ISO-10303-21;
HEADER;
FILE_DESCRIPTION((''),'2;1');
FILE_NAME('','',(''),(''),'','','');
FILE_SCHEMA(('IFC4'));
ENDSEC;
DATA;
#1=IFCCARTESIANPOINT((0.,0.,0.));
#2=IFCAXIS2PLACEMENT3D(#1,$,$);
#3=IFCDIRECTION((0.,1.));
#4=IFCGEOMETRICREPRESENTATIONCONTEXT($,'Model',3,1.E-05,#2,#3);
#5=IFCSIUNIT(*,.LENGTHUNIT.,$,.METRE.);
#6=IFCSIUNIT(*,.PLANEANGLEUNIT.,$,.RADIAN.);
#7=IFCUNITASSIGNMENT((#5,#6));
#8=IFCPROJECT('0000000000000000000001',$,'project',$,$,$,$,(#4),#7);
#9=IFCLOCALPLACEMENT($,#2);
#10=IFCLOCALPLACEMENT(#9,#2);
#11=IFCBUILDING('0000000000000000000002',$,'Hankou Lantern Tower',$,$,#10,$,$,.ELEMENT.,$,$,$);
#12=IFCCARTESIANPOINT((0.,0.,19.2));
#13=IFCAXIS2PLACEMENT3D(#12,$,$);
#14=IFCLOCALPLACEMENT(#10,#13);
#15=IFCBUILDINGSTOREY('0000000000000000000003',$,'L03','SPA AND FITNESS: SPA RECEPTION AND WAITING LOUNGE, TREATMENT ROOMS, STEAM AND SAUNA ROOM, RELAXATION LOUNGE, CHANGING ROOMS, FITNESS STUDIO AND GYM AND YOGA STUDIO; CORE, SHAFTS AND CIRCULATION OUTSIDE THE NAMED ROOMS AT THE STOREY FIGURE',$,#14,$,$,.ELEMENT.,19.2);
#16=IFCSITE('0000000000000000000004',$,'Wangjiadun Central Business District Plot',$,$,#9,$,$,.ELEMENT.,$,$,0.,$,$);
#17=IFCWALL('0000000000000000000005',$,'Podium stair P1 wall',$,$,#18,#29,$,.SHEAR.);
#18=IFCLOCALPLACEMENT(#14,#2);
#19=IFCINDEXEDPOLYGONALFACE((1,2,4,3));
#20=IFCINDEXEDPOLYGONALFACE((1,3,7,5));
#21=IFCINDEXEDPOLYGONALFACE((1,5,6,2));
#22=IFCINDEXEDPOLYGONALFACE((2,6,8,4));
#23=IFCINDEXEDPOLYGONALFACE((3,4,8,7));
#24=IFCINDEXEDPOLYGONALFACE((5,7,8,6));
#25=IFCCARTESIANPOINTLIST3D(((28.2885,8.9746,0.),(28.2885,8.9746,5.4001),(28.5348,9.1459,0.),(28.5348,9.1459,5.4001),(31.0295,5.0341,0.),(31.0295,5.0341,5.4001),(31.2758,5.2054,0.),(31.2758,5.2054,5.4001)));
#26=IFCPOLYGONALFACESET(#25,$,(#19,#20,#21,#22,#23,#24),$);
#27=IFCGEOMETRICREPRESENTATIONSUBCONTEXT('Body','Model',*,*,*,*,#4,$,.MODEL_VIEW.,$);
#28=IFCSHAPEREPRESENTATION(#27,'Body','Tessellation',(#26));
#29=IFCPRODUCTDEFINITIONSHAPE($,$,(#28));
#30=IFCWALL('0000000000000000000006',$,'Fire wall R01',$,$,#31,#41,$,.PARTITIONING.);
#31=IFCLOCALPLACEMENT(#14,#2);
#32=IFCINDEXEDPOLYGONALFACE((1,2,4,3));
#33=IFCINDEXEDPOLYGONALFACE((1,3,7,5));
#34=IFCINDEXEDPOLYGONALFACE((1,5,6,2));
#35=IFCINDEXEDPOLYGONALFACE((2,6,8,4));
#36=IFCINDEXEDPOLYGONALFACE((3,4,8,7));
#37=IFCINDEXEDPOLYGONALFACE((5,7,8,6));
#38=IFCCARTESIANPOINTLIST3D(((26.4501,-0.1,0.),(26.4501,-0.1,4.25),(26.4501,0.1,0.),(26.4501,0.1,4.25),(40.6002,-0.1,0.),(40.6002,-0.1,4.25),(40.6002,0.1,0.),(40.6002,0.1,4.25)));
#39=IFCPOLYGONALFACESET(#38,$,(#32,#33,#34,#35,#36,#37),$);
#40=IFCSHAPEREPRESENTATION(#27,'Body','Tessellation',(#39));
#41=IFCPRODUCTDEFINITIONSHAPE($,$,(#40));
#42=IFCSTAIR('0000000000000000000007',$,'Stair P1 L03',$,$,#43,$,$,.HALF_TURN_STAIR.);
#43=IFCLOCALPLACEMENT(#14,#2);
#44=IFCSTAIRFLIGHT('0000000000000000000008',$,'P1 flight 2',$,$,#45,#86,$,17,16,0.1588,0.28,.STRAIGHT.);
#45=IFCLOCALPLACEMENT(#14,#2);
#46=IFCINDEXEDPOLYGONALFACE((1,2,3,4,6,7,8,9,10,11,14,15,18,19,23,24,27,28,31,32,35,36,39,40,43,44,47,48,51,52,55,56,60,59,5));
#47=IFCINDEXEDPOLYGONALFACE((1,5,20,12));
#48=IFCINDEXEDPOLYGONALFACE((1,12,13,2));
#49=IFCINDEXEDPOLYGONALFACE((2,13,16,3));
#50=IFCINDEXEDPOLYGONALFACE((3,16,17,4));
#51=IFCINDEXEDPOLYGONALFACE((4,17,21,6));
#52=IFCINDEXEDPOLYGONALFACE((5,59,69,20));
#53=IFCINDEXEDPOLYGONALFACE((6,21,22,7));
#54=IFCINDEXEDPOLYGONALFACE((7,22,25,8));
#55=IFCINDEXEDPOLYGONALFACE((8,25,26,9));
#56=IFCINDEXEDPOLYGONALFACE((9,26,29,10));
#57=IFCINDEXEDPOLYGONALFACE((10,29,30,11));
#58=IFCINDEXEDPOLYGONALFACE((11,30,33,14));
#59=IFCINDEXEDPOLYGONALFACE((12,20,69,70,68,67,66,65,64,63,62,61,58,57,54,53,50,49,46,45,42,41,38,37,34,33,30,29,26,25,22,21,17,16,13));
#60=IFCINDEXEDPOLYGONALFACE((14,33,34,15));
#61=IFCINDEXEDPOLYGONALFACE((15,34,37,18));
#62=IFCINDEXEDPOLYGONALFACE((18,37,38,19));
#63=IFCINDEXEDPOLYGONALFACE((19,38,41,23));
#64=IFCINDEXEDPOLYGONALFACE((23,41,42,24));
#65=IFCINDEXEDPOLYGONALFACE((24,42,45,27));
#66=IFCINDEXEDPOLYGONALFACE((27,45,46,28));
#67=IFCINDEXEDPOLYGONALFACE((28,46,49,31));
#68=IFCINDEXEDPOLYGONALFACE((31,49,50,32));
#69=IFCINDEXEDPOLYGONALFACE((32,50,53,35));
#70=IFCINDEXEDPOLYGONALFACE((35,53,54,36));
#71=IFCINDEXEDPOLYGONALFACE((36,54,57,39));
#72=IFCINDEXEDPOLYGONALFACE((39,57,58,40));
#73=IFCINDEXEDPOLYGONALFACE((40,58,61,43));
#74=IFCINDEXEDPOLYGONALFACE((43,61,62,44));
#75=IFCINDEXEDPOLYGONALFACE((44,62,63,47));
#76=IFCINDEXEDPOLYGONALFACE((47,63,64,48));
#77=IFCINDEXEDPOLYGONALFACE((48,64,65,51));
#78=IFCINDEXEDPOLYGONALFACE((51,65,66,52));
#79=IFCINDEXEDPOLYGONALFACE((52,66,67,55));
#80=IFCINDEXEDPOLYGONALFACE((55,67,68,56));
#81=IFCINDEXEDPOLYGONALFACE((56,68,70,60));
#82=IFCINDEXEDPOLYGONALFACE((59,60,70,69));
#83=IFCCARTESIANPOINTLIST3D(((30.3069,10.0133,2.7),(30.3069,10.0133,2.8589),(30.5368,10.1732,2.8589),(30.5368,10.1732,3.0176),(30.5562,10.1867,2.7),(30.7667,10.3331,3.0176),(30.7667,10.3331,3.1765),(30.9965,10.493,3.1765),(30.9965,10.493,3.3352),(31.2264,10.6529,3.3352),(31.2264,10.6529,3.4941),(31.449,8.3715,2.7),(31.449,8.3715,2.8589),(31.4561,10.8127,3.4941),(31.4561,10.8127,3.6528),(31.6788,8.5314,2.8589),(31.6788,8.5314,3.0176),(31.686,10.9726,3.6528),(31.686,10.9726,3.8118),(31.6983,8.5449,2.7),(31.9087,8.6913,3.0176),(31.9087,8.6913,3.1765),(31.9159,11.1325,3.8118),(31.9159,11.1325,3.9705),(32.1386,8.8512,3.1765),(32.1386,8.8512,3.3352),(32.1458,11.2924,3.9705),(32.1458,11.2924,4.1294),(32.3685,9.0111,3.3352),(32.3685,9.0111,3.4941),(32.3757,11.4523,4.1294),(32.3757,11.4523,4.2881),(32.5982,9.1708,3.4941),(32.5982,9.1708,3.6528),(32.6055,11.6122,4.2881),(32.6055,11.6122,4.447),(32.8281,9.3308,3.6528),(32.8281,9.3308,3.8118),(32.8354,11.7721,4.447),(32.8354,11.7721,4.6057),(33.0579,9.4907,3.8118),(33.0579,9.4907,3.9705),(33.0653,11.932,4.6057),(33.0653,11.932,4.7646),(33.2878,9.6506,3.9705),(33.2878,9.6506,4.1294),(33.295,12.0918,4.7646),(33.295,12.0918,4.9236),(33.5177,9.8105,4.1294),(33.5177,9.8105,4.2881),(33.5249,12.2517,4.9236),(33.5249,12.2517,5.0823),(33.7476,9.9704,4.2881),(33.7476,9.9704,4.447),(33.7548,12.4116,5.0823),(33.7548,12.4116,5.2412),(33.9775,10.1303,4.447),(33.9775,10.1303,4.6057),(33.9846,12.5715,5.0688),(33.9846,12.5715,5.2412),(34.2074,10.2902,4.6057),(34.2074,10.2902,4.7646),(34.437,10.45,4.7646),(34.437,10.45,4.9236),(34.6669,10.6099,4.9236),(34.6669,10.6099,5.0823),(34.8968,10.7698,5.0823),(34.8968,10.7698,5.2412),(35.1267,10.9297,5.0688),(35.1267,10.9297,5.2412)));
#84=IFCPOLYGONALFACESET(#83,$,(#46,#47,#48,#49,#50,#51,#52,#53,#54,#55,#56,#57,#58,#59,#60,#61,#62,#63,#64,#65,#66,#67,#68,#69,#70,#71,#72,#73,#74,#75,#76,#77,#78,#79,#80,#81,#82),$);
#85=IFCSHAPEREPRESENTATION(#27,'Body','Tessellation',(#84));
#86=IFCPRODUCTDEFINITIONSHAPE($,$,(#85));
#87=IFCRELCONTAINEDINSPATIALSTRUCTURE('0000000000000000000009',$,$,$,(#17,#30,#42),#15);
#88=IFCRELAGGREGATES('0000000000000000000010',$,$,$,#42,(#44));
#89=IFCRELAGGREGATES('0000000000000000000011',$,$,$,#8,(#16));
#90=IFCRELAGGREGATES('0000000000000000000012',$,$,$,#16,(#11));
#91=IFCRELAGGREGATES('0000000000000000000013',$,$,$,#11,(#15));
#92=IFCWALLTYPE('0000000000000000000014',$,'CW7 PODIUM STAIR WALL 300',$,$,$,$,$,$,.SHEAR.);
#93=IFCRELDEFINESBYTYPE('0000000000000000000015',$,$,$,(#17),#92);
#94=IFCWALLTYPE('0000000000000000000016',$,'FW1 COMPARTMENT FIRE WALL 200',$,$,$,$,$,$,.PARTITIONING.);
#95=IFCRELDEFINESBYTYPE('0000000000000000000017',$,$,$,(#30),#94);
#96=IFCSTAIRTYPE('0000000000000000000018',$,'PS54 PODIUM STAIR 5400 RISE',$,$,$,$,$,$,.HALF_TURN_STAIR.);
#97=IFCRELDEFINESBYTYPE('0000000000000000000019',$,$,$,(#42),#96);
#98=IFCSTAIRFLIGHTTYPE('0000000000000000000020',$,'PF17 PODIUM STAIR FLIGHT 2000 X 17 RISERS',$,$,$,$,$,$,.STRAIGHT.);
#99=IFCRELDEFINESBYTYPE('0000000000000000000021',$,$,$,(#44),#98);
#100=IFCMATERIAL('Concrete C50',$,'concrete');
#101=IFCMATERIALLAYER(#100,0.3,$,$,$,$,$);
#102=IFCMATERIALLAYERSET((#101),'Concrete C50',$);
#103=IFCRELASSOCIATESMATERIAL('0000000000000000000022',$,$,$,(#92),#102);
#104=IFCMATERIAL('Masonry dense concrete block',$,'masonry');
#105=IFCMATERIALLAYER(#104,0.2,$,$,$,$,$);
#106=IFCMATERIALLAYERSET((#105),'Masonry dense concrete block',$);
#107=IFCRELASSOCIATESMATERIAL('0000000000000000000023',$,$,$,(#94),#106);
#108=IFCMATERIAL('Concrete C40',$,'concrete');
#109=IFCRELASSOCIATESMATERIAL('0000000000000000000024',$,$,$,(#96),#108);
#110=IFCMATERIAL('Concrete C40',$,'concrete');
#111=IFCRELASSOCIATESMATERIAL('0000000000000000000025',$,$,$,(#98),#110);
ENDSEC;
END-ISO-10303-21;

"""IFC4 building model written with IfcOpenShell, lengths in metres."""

from ifc_helpers import new_model, si_unit, direction, frame, frame_2d, origin, place, context, subcontext, project, spatial, polyline, rectangle, outline, extrude, material, layer, layer_set, type_object, element, aggregate, save


model = new_model("IFC4")

# Units and contexts
model_context = context("Model", 3, precision=1e-05, world=origin(), true_north=direction((0.0, 1.0)))
body_context = subcontext(model_context, "Body", "Model", "MODEL_VIEW")
ifc_project = project(units=[si_unit("LENGTHUNIT", "METRE"), si_unit("PLANEANGLEUNIT", "RADIAN")], contexts=[model_context])

# Site, building, storey
site_placement = place(None, origin())
site = spatial("IfcSite", under=ifc_project, at=site_placement, Name="Wangjiadun Central Business District Plot", CompositionType="ELEMENT", RefElevation=0.0)
building_placement = place(site_placement, origin())
building = spatial("IfcBuilding", under=site, at=building_placement, Name="Hankou Lantern Tower", CompositionType="ELEMENT")
storey_placement = place(building_placement, frame((0.0, 0.0, 19.2)))
storey = spatial("IfcBuildingStorey", under=building, at=storey_placement, Name="L03", Description="SPA AND FITNESS: SPA RECEPTION AND WAITING LOUNGE, TREATMENT ROOMS, STEAM AND SAUNA ROOM, RELAXATION LOUNGE, CHANGING ROOMS, FITNESS STUDIO AND GYM AND YOGA STUDIO; CORE, SHAFTS AND CIRCULATION OUTSIDE THE NAMED ROOMS AT THE STOREY FIGURE", CompositionType="ELEMENT", Elevation=19.2)

# Walls
ifc_material_1 = material(Name="Concrete C50", Category="concrete")
ifc_layer_1 = layer(ifc_material_1, 0.3)
ifc_layer_set_1 = layer_set([ifc_layer_1], Name="Concrete C50")
wall_type_1 = type_object("IfcWallType", Name="CW7 PODIUM STAIR WALL 300", PredefinedType="SHEAR", material=ifc_layer_set_1)
wall_1_placement = place(storey_placement, frame((31.1526, 5.1199, 0.0), z_axis=(0.0, 0.0, 1.0), x_axis=(-0.571036, 0.820925, 0.0)))
element("IfcWall", 1, at=wall_1_placement, inside=storey, type_object=wall_type_1, Name="Podium stair P1 wall", PredefinedType="SHEAR", context=body_context, shape_type="SweptSolid", body=[
    extrude(rectangle(XDim=4.8, YDim=0.3, at=frame_2d((2.3999, 0.0))), origin(), (0.0, 0.0, 1.0), 5.4001),
])
ifc_material_2 = material(Name="Masonry dense concrete block", Category="masonry")
ifc_layer_2 = layer(ifc_material_2, 0.2)
ifc_layer_set_2 = layer_set([ifc_layer_2], Name="Masonry dense concrete block")
wall_type_2 = type_object("IfcWallType", Name="FW1 COMPARTMENT FIRE WALL 200", PredefinedType="PARTITIONING", material=ifc_layer_set_2)
wall_2_placement = place(storey_placement, frame((26.45, 0.0, 0.0), z_axis=(0.0, 0.0, 1.0), x_axis=(1.0, 0.0, 0.0)))
element("IfcWall", 2, at=wall_2_placement, inside=storey, type_object=wall_type_2, Name="Fire wall R01", PredefinedType="PARTITIONING", context=body_context, shape_type="SweptSolid", body=[
    extrude(rectangle(XDim=14.1501, YDim=0.2, at=frame_2d((7.0752, 0.0))), origin(), (0.0, 0.0, 1.0), 4.25),
])

# Stair, stair flight
ifc_material_3 = material(Name="Concrete C40", Category="concrete")
stair_type = type_object("IfcStairType", Name="PS54 PODIUM STAIR 5400 RISE", PredefinedType="HALF_TURN_STAIR", material=ifc_material_3)
stair_placement = place(storey_placement, origin())
stair = element("IfcStair", 3, at=stair_placement, inside=storey, type_object=stair_type, Name="Stair P1 L03", PredefinedType="HALF_TURN_STAIR")
ifc_material_4 = material(Name="Concrete C40", Category="concrete")
stair_flight_type = type_object("IfcStairFlightType", Name="PF17 PODIUM STAIR FLIGHT 2000 X 17 RISERS", PredefinedType="STRAIGHT", material=ifc_material_4)
stair_flight_placement = place(storey_placement, frame((30.8779, 9.1924, 2.7), z_axis=(0.0, 0.0, 1.0), x_axis=(0.820927, 0.571033, 0.0)))
stair_flight = element("IfcStairFlight", 4, at=stair_flight_placement, type_object=stair_flight_type, Name="P1 flight 2", NumberOfRisers=17, NumberOfTreads=16, PredefinedType="STRAIGHT", RiserHeight=0.1588, TreadLength=0.28, context=body_context, shape_type="SweptSolid", body=[
    extrude(outline(polyline([(0.0, 0.0), (0.0, 0.1589), (0.28, 0.1589), (0.28, 0.3176), (0.5601, 0.3176), (0.5601, 0.4766), (0.8401, 0.4766), (0.8401, 0.6353), (1.1201, 0.6353), (1.1201, 0.7942), (1.3999, 0.7942), (1.3999, 0.9529), (1.6799, 0.9529), (1.6799, 1.1118), (1.96, 1.1118), (1.96, 1.2705), (2.24, 1.2705), (2.24, 1.4294), (2.52, 1.4294), (2.52, 1.5881), (2.8, 1.5881), (2.8, 1.7471), (3.0801, 1.7471), (3.0801, 1.9058), (3.3601, 1.9058), (3.3601, 2.0647), (3.6399, 2.0647), (3.6399, 2.2236), (3.9199, 2.2236), (3.9199, 2.3823), (4.2, 2.3823), (4.2, 2.5413), (4.48, 2.5413), (4.48, 2.7), (4.48, 2.3689), (0.3037, 0.0), (0.0, 0.0)])), frame((0.0, 1.0, 0.0), z_axis=(0.0, -1.0, 0.0), x_axis=(1.0, 0.0, 0.0)), (0.0, 0.0, 1.0), 2.0),
])
aggregate(stair, [stair_flight])

save(model, "model.ifc")
